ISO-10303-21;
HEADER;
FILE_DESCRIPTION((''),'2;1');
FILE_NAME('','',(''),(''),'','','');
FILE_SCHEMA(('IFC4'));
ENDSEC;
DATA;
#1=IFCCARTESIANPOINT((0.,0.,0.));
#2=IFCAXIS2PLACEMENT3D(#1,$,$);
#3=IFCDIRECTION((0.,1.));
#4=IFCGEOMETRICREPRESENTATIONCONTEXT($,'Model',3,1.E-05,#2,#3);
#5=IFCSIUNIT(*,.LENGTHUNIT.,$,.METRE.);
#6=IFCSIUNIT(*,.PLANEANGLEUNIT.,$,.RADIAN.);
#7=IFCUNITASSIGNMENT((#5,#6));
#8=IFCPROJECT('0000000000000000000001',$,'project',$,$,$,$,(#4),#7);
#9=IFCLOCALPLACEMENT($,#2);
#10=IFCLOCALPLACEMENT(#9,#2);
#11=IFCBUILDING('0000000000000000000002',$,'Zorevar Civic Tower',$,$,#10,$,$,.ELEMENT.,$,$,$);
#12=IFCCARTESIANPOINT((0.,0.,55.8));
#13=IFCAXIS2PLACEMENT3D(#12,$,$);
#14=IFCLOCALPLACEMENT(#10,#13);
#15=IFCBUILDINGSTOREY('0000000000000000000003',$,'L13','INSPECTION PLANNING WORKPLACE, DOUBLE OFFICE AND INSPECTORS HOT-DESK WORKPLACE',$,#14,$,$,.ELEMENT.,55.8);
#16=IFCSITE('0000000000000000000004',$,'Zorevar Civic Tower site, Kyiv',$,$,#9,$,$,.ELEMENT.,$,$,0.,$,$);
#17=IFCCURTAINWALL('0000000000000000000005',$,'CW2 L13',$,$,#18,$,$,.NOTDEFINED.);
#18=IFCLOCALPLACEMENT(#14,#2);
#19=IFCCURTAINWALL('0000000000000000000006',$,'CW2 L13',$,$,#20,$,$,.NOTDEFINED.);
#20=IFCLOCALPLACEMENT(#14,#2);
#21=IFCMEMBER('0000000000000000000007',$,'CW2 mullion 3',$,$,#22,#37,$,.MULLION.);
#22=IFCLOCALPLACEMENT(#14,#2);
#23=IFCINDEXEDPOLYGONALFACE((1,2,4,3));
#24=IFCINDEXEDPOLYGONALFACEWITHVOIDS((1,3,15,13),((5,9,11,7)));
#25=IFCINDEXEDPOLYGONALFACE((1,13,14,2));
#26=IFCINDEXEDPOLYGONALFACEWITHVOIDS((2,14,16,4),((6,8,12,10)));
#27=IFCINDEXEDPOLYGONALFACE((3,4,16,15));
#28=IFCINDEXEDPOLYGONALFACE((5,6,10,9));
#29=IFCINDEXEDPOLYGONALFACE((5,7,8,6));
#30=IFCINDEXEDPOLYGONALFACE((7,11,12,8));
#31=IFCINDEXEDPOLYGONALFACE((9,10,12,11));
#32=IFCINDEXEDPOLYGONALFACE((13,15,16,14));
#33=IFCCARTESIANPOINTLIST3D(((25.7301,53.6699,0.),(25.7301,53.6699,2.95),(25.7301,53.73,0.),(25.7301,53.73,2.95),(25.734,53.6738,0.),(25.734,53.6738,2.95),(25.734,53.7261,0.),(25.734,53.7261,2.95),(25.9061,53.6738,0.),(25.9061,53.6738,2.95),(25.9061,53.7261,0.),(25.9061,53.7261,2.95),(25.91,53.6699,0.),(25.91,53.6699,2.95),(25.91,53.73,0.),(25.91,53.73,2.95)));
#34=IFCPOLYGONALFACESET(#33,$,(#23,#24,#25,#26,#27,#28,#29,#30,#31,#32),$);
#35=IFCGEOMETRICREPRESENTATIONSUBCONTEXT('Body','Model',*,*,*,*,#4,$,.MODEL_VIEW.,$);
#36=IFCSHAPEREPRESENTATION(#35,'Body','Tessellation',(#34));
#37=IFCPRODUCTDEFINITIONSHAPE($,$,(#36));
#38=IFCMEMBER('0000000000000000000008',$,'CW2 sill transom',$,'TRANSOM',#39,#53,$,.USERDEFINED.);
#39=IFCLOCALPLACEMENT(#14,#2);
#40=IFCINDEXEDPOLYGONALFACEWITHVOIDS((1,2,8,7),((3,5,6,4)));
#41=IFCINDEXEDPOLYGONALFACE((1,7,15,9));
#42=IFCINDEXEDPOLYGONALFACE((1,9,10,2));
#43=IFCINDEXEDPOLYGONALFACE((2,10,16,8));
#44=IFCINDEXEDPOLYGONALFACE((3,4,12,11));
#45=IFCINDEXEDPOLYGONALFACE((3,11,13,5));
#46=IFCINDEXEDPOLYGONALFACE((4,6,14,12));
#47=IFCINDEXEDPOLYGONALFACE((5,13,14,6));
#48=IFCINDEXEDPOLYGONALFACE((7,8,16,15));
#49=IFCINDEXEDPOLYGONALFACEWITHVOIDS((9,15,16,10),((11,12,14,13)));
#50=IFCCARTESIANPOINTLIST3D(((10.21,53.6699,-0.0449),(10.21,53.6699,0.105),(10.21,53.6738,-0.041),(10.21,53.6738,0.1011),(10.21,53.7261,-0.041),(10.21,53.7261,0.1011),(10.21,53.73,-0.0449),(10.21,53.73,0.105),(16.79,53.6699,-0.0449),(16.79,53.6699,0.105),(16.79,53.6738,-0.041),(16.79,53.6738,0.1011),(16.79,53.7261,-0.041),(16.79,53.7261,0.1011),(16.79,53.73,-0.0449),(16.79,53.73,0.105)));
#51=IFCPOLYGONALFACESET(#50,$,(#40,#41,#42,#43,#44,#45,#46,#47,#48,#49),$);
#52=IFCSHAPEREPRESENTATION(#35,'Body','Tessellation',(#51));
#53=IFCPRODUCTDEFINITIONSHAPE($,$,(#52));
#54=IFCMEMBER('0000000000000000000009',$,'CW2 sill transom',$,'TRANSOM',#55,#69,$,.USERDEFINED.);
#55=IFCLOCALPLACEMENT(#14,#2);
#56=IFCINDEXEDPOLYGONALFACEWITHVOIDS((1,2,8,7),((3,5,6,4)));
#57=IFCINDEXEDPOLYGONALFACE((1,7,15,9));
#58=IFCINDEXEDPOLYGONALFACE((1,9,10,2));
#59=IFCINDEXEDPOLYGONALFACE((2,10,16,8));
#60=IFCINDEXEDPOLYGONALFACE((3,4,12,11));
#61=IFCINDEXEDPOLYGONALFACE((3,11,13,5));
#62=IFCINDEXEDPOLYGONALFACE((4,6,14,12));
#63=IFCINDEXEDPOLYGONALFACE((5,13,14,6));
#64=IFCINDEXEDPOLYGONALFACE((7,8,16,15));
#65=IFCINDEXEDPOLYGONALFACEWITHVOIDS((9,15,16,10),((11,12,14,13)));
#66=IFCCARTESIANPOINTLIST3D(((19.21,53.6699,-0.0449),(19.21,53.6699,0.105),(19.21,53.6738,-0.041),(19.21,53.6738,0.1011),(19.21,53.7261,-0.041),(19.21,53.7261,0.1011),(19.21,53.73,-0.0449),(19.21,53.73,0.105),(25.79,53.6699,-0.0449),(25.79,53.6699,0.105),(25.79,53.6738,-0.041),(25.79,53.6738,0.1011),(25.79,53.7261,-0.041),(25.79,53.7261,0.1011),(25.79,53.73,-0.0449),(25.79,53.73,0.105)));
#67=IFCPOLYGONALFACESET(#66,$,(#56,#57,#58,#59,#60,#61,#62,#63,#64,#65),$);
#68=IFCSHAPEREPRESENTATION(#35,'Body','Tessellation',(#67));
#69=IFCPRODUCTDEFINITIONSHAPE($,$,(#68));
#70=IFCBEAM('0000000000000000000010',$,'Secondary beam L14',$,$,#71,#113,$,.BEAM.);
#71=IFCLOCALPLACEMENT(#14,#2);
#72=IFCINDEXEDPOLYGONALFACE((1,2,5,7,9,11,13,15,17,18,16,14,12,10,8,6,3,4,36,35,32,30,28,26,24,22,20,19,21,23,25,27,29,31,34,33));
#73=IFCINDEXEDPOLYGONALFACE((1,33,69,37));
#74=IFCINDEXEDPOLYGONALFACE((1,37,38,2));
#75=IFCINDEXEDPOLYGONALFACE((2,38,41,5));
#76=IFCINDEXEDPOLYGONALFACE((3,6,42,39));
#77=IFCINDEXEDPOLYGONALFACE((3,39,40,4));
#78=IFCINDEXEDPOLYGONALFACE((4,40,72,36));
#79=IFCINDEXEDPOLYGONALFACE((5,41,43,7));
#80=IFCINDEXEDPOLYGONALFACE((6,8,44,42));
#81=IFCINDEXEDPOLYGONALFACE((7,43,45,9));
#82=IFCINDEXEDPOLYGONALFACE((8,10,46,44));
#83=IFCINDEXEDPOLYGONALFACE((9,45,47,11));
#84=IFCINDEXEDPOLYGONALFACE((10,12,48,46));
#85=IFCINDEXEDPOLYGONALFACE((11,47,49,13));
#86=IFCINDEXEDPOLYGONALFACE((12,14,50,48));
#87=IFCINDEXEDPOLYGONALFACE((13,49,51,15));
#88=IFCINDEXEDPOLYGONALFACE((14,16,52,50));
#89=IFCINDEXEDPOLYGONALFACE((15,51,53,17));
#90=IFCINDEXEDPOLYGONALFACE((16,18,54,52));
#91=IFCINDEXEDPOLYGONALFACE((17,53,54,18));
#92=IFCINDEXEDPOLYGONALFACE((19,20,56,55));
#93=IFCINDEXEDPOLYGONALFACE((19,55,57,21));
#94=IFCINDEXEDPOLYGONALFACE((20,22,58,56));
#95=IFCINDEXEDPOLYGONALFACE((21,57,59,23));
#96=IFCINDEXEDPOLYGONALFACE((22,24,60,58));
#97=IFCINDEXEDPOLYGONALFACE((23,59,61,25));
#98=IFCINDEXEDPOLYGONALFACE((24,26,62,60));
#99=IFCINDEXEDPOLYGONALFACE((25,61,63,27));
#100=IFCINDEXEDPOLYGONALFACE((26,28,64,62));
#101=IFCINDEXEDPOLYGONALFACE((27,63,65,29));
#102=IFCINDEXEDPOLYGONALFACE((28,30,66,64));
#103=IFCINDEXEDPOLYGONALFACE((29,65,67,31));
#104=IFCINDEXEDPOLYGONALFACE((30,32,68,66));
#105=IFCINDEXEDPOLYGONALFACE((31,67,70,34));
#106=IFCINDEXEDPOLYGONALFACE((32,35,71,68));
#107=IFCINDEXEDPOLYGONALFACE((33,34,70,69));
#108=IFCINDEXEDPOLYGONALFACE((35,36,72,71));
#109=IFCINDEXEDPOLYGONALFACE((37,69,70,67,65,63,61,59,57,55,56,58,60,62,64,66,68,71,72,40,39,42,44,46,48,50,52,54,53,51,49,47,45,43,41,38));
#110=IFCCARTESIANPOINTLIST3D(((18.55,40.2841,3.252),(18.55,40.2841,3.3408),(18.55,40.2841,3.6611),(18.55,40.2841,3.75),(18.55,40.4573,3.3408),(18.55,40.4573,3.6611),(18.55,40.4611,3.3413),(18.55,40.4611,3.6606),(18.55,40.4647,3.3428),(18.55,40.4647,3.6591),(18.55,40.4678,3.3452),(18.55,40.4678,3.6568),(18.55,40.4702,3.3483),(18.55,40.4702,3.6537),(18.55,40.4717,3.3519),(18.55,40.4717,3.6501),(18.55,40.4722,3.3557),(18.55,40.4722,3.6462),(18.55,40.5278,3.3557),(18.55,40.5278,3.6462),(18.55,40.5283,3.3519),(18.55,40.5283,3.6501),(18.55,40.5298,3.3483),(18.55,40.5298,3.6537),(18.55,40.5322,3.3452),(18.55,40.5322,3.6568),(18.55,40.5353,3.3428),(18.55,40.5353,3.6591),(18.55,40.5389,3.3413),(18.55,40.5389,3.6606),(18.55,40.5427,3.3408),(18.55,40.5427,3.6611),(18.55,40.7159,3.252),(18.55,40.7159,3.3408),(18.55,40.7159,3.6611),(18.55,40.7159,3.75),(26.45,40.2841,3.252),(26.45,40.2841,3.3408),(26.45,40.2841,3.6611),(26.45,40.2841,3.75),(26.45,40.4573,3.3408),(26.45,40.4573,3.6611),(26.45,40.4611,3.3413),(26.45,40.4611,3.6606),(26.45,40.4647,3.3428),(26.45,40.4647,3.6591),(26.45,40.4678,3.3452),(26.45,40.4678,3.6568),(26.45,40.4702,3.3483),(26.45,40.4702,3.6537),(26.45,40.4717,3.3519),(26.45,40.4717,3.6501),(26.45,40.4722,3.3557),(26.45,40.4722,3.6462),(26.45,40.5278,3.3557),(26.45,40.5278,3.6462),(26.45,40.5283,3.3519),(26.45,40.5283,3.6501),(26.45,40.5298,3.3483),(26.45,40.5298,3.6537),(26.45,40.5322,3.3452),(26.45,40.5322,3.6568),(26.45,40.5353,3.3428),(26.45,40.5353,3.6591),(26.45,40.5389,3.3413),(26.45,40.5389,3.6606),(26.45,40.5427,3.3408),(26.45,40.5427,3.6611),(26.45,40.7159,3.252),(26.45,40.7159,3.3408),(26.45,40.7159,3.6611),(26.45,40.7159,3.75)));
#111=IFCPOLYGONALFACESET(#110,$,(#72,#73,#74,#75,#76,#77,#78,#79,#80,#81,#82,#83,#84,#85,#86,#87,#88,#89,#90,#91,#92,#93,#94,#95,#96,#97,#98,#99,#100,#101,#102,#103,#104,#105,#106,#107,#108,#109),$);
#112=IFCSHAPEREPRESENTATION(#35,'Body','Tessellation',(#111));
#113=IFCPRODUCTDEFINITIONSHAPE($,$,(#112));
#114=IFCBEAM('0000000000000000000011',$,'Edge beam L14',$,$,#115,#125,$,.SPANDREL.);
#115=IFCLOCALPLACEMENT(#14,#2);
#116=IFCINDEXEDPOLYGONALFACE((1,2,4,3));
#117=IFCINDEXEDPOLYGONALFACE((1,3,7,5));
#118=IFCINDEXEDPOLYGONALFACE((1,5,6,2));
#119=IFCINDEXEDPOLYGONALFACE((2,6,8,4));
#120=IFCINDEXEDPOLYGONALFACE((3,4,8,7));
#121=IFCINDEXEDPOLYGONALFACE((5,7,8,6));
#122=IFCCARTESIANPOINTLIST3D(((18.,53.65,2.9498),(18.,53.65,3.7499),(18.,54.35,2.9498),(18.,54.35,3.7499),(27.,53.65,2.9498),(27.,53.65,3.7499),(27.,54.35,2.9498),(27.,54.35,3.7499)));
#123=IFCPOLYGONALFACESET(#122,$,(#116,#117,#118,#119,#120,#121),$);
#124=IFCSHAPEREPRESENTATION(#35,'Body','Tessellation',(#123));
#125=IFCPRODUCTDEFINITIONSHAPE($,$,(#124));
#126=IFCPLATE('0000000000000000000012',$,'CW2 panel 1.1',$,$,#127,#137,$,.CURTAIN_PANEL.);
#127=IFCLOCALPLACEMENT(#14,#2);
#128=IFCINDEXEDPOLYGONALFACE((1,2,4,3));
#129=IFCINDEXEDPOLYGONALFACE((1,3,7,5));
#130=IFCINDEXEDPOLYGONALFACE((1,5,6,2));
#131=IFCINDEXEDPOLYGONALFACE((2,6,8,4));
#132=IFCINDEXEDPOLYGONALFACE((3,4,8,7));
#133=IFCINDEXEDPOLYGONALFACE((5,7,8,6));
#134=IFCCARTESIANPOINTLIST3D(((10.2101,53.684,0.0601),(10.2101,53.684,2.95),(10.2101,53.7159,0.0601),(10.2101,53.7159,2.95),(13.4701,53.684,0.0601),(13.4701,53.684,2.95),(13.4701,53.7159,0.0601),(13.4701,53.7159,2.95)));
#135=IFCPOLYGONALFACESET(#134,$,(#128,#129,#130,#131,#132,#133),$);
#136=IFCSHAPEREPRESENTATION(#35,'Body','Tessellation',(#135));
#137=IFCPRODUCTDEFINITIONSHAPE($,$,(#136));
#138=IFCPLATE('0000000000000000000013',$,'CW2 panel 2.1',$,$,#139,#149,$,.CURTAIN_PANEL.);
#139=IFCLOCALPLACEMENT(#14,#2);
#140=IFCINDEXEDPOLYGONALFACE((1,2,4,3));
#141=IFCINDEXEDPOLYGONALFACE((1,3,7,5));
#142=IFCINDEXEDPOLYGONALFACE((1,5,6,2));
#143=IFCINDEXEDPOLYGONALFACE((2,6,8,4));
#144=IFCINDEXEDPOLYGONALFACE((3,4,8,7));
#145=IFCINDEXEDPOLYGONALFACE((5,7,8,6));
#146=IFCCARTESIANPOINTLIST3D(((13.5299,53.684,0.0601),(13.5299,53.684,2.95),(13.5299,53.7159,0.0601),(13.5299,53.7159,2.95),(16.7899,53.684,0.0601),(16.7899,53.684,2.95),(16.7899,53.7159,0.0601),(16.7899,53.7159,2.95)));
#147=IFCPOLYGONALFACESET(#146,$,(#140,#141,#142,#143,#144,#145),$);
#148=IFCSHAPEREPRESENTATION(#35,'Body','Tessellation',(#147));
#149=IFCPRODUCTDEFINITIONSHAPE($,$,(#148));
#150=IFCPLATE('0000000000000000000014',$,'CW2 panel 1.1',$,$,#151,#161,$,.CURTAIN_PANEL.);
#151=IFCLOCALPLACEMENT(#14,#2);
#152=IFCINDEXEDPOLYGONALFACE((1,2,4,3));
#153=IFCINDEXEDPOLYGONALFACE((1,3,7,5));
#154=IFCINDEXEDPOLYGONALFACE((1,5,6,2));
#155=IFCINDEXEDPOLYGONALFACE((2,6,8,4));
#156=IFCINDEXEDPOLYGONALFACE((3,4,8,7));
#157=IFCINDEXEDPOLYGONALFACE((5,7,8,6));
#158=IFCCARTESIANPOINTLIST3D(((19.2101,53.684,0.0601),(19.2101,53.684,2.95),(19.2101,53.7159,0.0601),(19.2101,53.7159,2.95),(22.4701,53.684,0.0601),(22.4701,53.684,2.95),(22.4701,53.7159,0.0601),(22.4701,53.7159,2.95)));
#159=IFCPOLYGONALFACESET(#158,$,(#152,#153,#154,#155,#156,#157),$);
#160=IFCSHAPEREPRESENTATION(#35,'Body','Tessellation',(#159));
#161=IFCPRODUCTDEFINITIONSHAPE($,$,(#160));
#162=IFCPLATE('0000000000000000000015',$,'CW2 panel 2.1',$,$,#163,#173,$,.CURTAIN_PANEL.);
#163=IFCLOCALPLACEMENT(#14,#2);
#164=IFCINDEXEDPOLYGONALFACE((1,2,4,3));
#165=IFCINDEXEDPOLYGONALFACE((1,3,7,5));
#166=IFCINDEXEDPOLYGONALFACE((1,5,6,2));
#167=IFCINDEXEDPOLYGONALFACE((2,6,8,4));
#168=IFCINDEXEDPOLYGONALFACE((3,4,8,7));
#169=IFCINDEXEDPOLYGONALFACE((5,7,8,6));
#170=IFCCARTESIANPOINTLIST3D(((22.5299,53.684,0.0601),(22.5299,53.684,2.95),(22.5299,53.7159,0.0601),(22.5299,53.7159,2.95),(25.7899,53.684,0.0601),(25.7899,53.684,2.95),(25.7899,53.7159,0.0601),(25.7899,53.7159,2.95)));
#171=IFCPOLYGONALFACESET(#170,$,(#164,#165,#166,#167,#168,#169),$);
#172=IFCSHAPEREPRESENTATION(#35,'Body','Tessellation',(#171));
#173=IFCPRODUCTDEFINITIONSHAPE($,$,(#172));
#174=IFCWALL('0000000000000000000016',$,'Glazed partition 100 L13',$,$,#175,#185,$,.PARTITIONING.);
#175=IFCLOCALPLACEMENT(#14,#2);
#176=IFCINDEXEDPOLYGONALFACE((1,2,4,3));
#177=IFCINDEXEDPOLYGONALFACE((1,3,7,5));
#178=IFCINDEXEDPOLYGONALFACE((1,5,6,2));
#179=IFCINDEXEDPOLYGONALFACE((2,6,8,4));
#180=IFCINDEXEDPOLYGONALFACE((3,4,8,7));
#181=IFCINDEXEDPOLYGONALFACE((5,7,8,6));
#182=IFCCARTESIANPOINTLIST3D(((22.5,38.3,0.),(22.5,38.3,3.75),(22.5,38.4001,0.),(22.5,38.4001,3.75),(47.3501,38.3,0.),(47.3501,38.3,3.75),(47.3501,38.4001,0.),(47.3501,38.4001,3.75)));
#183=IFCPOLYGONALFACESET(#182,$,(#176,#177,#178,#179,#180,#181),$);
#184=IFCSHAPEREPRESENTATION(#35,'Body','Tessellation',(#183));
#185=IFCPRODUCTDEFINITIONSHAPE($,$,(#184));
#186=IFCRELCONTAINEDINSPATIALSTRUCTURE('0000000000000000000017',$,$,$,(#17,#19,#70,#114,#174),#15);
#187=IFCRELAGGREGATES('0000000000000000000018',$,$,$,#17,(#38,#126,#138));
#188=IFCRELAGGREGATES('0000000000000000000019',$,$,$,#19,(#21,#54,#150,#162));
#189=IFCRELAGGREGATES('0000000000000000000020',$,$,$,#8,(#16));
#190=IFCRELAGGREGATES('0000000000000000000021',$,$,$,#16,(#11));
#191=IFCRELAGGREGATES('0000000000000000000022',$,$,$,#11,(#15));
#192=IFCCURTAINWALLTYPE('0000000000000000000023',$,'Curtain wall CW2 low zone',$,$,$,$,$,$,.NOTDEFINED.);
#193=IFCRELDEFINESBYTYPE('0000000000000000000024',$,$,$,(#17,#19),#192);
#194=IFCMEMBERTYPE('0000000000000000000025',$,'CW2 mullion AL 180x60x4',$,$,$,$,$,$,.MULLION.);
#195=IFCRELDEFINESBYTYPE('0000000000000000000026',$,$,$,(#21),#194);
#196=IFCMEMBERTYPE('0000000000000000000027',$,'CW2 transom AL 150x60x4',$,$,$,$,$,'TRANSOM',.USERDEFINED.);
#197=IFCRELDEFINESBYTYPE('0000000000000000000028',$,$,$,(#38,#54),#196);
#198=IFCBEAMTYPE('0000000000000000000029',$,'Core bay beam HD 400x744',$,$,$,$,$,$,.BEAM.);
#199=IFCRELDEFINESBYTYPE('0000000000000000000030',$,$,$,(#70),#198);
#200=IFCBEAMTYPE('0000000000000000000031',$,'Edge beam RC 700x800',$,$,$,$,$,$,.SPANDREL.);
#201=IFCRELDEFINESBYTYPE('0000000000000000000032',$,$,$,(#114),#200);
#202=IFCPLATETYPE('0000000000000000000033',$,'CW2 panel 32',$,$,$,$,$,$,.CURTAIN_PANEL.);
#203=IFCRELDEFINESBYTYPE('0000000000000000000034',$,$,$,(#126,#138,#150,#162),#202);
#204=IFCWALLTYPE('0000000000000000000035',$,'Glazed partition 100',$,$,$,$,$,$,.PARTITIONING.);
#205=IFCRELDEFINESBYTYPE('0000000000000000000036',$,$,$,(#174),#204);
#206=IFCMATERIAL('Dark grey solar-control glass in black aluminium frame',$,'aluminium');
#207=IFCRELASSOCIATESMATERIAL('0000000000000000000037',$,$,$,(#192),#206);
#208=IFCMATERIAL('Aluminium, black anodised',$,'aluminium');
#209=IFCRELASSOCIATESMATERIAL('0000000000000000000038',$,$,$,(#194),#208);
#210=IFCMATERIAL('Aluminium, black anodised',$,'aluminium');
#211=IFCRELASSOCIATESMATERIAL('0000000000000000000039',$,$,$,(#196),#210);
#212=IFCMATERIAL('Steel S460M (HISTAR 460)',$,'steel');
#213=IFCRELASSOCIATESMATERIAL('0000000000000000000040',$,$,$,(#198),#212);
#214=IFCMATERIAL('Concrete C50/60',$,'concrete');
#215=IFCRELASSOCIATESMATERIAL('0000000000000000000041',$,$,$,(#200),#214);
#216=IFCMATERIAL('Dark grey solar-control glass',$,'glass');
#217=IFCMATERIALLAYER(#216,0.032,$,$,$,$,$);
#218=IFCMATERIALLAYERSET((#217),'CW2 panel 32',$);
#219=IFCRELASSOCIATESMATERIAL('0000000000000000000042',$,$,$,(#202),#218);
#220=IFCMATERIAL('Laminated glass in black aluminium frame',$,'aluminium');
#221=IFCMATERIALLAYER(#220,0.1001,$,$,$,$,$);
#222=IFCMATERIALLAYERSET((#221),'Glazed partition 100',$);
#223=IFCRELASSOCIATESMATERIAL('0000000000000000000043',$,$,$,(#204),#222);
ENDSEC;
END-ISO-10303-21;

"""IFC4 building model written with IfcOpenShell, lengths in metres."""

from ifc_helpers import new_model, si_unit, direction, frame, frame_2d, origin, origin_2d, place, context, subcontext, project, spatial, rectangle, hollow_rectangle, i_section, extrude, material, layer, layer_set, material_profile, profile_set, type_object, element, aggregate, save


model = new_model("IFC4")

# Units and contexts
model_context = context("Model", 3, precision=1e-05, world=origin(), true_north=direction((0.0, 1.0)))
body_context = subcontext(model_context, "Body", "Model", "MODEL_VIEW")
ifc_project = project(units=[si_unit("LENGTHUNIT", "METRE"), si_unit("PLANEANGLEUNIT", "RADIAN")], contexts=[model_context])

# Site, building, storey
site_placement = place(None, origin())
site = spatial("IfcSite", under=ifc_project, at=site_placement, Name="Zorevar Civic Tower site, Kyiv", CompositionType="ELEMENT", RefElevation=0.0)
building_placement = place(site_placement, origin())
building = spatial("IfcBuilding", under=site, at=building_placement, Name="Zorevar Civic Tower", CompositionType="ELEMENT")
storey_placement = place(building_placement, frame((0.0, 0.0, 55.8)))
storey = spatial("IfcBuildingStorey", under=building, at=storey_placement, Name="L13", Description="INSPECTION PLANNING WORKPLACE, DOUBLE OFFICE AND INSPECTORS HOT-DESK WORKPLACE", CompositionType="ELEMENT", Elevation=55.8)

# Curtain walls, member
ifc_material_1 = material(Name="Dark grey solar-control glass in black aluminium frame", Category="aluminium")
curtain_wall_type = type_object("IfcCurtainWallType", Name="Curtain wall CW2 low zone", PredefinedType="NOTDEFINED", material=ifc_material_1)
curtain_wall_1_placement = place(storey_placement, origin())
curtain_wall_1 = element("IfcCurtainWall", 1, at=curtain_wall_1_placement, inside=storey, type_object=curtain_wall_type, Name="CW2 L13", PredefinedType="NOTDEFINED")
ifc_material_2 = material(Name="Aluminium, black anodised", Category="aluminium")
ifc_material_profile_1 = material_profile(ifc_material_2, hollow_rectangle(XDim=0.0601, YDim=0.1799, WallThickness=0.0039, at=origin_2d()), Name="AL 180x60x4")
ifc_profile_set_1 = profile_set([ifc_material_profile_1], Name="Aluminium, black anodised")
member_type_1 = type_object("IfcMemberType", Name="CW2 mullion AL 180x60x4", PredefinedType="MULLION", material=ifc_profile_set_1)
curtain_wall_2_placement = place(storey_placement, origin())
curtain_wall_2 = element("IfcCurtainWall", 2, at=curtain_wall_2_placement, inside=storey, type_object=curtain_wall_type, Name="CW2 L13", PredefinedType="NOTDEFINED")
member_1_placement = place(storey_placement, frame((25.8201, 53.7, 0.0), z_axis=(0.0, 0.0, 1.0), x_axis=(0.0, 1.0, 0.0)))
member_1 = element("IfcMember", 3, at=member_1_placement, type_object=member_type_1, Name="CW2 mullion 3", PredefinedType="MULLION", context=body_context, shape_type="SweptSolid", body=[
    extrude(hollow_rectangle(XDim=0.0601, YDim=0.1799, WallThickness=0.0039, at=origin_2d()), origin(), (0.0, 0.0, 1.0), 2.95),
])

# Members
ifc_material_3 = material(Name="Aluminium, black anodised", Category="aluminium")
ifc_material_profile_2 = material_profile(ifc_material_3, hollow_rectangle(XDim=0.0601, YDim=0.1499, WallThickness=0.0039, at=origin_2d()), Name="AL 150x60x4")
ifc_profile_set_2 = profile_set([ifc_material_profile_2], Name="Aluminium, black anodised")
member_type_2 = type_object("IfcMemberType", Name="CW2 transom AL 150x60x4", ElementType="TRANSOM", PredefinedType="USERDEFINED", material=ifc_profile_set_2)
member_2_placement = place(storey_placement, frame((10.21, 53.7, 0.03), z_axis=(1.0, 0.0, 0.0), x_axis=(0.0, 1.0, 0.0)))
member_2 = element("IfcMember", 4, at=member_2_placement, type_object=member_type_2, Name="CW2 sill transom", ObjectType="TRANSOM", PredefinedType="USERDEFINED", context=body_context, shape_type="SweptSolid", body=[
    extrude(hollow_rectangle(XDim=0.0601, YDim=0.1499, WallThickness=0.0039, at=origin_2d()), origin(), (0.0, 0.0, 1.0), 6.5801),
])
member_3_placement = place(storey_placement, frame((19.21, 53.7, 0.03), z_axis=(1.0, 0.0, 0.0), x_axis=(0.0, 1.0, 0.0)))
member_3 = element("IfcMember", 5, at=member_3_placement, type_object=member_type_2, Name="CW2 sill transom", ObjectType="TRANSOM", PredefinedType="USERDEFINED", context=body_context, shape_type="SweptSolid", body=[
    extrude(hollow_rectangle(XDim=0.0601, YDim=0.1499, WallThickness=0.0039, at=origin_2d()), origin(), (0.0, 0.0, 1.0), 6.5801),
])

# Beams
ifc_material_4 = material(Name="Steel S460M (HISTAR 460)", Category="steel")
ifc_material_profile_3 = material_profile(ifc_material_4, i_section(OverallWidth=0.4319, OverallDepth=0.498, WebThickness=0.0557, FlangeThickness=0.0889, FilletRadius=0.0149, at=origin_2d()), Name="HD 400x744")
ifc_profile_set_3 = profile_set([ifc_material_profile_3], Name="Steel S460M (HISTAR 460)")
beam_type_1 = type_object("IfcBeamType", Name="Core bay beam HD 400x744", PredefinedType="BEAM", material=ifc_profile_set_3)
beam_1_placement = place(storey_placement, frame((18.55, 40.5, 3.501), z_axis=(1.0, 0.0, 0.0), x_axis=(0.0, 1.0, 0.0)))
element("IfcBeam", 6, at=beam_1_placement, inside=storey, type_object=beam_type_1, Name="Secondary beam L14", PredefinedType="BEAM", context=body_context, shape_type="SweptSolid", body=[
    extrude(i_section(OverallWidth=0.4319, OverallDepth=0.498, WebThickness=0.0557, FlangeThickness=0.0889, FilletRadius=0.0149, at=origin_2d()), origin(), (0.0, 0.0, 1.0), 7.8999),
])
ifc_material_5 = material(Name="Concrete C50/60", Category="concrete")
ifc_material_profile_4 = material_profile(ifc_material_5, rectangle(XDim=0.7, YDim=0.8, at=origin_2d()), Name="RC 700x800")
ifc_profile_set_4 = profile_set([ifc_material_profile_4], Name="Concrete C50/60")
beam_type_2 = type_object("IfcBeamType", Name="Edge beam RC 700x800", PredefinedType="SPANDREL", material=ifc_profile_set_4)
beam_2_placement = place(storey_placement, frame((18.0, 54.0, 3.3499), z_axis=(1.0, 0.0, 0.0), x_axis=(0.0, 1.0, 0.0)))
element("IfcBeam", 7, at=beam_2_placement, inside=storey, type_object=beam_type_2, Name="Edge beam L14", PredefinedType="SPANDREL", context=body_context, shape_type="SweptSolid", body=[
    extrude(rectangle(XDim=0.7, YDim=0.8, at=origin_2d()), origin(), (0.0, 0.0, 1.0), 9.0),
])

# Plates
ifc_material_6 = material(Name="Dark grey solar-control glass", Category="glass")
ifc_layer_1 = layer(ifc_material_6, 0.032)
ifc_layer_set_1 = layer_set([ifc_layer_1], Name="CW2 panel 32")
plate_type = type_object("IfcPlateType", Name="CW2 panel 32", PredefinedType="CURTAIN_PANEL", material=ifc_layer_set_1)
plate_1_placement = place(storey_placement, frame((11.8401, 53.7, 0.0601), z_axis=(0.0, 0.0, 1.0), x_axis=(1.0, 0.0, 0.0)))
plate_1 = element("IfcPlate", 8, at=plate_1_placement, type_object=plate_type, Name="CW2 panel 1.1", PredefinedType="CURTAIN_PANEL", context=body_context, shape_type="SweptSolid", body=[
    extrude(rectangle(XDim=3.26, YDim=0.032, at=origin_2d()), origin(), (0.0, 0.0, 1.0), 2.8899),
])
plate_2_placement = place(storey_placement, frame((15.1599, 53.7, 0.0601), z_axis=(0.0, 0.0, 1.0), x_axis=(1.0, 0.0, 0.0)))
plate_2 = element("IfcPlate", 9, at=plate_2_placement, type_object=plate_type, Name="CW2 panel 2.1", PredefinedType="CURTAIN_PANEL", context=body_context, shape_type="SweptSolid", body=[
    extrude(rectangle(XDim=3.26, YDim=0.032, at=origin_2d()), origin(), (0.0, 0.0, 1.0), 2.8899),
])
aggregate(curtain_wall_1, [member_2, plate_1, plate_2])
plate_3_placement = place(storey_placement, frame((20.8401, 53.7, 0.0601), z_axis=(0.0, 0.0, 1.0), x_axis=(1.0, 0.0, 0.0)))
plate_3 = element("IfcPlate", 10, at=plate_3_placement, type_object=plate_type, Name="CW2 panel 1.1", PredefinedType="CURTAIN_PANEL", context=body_context, shape_type="SweptSolid", body=[
    extrude(rectangle(XDim=3.26, YDim=0.032, at=origin_2d()), origin(), (0.0, 0.0, 1.0), 2.8899),
])
plate_4_placement = place(storey_placement, frame((24.1599, 53.7, 0.0601), z_axis=(0.0, 0.0, 1.0), x_axis=(1.0, 0.0, 0.0)))
plate_4 = element("IfcPlate", 11, at=plate_4_placement, type_object=plate_type, Name="CW2 panel 2.1", PredefinedType="CURTAIN_PANEL", context=body_context, shape_type="SweptSolid", body=[
    extrude(rectangle(XDim=3.26, YDim=0.032, at=origin_2d()), origin(), (0.0, 0.0, 1.0), 2.8899),
])
aggregate(curtain_wall_2, [member_1, member_3, plate_3, plate_4])

# Wall
ifc_material_7 = material(Name="Laminated glass in black aluminium frame", Category="aluminium")
ifc_layer_2 = layer(ifc_material_7, 0.1001)
ifc_layer_set_2 = layer_set([ifc_layer_2], Name="Glazed partition 100")
wall_type_1 = type_object("IfcWallType", Name="Glazed partition 100", PredefinedType="PARTITIONING", material=ifc_layer_set_2)
wall_1_placement = place(storey_placement, frame((22.5, 38.3501, 0.0), z_axis=(0.0, 0.0, 1.0), x_axis=(1.0, 0.0, 0.0)))
element("IfcWall", 12, at=wall_1_placement, inside=storey, type_object=wall_type_1, Name="Glazed partition 100 L13", PredefinedType="PARTITIONING", context=body_context, shape_type="SweptSolid", body=[
    extrude(rectangle(XDim=24.8501, YDim=0.1001, at=frame_2d((12.425, 0.0))), origin(), (0.0, 0.0, 1.0), 3.75),
])

save(model, "model.ifc")
